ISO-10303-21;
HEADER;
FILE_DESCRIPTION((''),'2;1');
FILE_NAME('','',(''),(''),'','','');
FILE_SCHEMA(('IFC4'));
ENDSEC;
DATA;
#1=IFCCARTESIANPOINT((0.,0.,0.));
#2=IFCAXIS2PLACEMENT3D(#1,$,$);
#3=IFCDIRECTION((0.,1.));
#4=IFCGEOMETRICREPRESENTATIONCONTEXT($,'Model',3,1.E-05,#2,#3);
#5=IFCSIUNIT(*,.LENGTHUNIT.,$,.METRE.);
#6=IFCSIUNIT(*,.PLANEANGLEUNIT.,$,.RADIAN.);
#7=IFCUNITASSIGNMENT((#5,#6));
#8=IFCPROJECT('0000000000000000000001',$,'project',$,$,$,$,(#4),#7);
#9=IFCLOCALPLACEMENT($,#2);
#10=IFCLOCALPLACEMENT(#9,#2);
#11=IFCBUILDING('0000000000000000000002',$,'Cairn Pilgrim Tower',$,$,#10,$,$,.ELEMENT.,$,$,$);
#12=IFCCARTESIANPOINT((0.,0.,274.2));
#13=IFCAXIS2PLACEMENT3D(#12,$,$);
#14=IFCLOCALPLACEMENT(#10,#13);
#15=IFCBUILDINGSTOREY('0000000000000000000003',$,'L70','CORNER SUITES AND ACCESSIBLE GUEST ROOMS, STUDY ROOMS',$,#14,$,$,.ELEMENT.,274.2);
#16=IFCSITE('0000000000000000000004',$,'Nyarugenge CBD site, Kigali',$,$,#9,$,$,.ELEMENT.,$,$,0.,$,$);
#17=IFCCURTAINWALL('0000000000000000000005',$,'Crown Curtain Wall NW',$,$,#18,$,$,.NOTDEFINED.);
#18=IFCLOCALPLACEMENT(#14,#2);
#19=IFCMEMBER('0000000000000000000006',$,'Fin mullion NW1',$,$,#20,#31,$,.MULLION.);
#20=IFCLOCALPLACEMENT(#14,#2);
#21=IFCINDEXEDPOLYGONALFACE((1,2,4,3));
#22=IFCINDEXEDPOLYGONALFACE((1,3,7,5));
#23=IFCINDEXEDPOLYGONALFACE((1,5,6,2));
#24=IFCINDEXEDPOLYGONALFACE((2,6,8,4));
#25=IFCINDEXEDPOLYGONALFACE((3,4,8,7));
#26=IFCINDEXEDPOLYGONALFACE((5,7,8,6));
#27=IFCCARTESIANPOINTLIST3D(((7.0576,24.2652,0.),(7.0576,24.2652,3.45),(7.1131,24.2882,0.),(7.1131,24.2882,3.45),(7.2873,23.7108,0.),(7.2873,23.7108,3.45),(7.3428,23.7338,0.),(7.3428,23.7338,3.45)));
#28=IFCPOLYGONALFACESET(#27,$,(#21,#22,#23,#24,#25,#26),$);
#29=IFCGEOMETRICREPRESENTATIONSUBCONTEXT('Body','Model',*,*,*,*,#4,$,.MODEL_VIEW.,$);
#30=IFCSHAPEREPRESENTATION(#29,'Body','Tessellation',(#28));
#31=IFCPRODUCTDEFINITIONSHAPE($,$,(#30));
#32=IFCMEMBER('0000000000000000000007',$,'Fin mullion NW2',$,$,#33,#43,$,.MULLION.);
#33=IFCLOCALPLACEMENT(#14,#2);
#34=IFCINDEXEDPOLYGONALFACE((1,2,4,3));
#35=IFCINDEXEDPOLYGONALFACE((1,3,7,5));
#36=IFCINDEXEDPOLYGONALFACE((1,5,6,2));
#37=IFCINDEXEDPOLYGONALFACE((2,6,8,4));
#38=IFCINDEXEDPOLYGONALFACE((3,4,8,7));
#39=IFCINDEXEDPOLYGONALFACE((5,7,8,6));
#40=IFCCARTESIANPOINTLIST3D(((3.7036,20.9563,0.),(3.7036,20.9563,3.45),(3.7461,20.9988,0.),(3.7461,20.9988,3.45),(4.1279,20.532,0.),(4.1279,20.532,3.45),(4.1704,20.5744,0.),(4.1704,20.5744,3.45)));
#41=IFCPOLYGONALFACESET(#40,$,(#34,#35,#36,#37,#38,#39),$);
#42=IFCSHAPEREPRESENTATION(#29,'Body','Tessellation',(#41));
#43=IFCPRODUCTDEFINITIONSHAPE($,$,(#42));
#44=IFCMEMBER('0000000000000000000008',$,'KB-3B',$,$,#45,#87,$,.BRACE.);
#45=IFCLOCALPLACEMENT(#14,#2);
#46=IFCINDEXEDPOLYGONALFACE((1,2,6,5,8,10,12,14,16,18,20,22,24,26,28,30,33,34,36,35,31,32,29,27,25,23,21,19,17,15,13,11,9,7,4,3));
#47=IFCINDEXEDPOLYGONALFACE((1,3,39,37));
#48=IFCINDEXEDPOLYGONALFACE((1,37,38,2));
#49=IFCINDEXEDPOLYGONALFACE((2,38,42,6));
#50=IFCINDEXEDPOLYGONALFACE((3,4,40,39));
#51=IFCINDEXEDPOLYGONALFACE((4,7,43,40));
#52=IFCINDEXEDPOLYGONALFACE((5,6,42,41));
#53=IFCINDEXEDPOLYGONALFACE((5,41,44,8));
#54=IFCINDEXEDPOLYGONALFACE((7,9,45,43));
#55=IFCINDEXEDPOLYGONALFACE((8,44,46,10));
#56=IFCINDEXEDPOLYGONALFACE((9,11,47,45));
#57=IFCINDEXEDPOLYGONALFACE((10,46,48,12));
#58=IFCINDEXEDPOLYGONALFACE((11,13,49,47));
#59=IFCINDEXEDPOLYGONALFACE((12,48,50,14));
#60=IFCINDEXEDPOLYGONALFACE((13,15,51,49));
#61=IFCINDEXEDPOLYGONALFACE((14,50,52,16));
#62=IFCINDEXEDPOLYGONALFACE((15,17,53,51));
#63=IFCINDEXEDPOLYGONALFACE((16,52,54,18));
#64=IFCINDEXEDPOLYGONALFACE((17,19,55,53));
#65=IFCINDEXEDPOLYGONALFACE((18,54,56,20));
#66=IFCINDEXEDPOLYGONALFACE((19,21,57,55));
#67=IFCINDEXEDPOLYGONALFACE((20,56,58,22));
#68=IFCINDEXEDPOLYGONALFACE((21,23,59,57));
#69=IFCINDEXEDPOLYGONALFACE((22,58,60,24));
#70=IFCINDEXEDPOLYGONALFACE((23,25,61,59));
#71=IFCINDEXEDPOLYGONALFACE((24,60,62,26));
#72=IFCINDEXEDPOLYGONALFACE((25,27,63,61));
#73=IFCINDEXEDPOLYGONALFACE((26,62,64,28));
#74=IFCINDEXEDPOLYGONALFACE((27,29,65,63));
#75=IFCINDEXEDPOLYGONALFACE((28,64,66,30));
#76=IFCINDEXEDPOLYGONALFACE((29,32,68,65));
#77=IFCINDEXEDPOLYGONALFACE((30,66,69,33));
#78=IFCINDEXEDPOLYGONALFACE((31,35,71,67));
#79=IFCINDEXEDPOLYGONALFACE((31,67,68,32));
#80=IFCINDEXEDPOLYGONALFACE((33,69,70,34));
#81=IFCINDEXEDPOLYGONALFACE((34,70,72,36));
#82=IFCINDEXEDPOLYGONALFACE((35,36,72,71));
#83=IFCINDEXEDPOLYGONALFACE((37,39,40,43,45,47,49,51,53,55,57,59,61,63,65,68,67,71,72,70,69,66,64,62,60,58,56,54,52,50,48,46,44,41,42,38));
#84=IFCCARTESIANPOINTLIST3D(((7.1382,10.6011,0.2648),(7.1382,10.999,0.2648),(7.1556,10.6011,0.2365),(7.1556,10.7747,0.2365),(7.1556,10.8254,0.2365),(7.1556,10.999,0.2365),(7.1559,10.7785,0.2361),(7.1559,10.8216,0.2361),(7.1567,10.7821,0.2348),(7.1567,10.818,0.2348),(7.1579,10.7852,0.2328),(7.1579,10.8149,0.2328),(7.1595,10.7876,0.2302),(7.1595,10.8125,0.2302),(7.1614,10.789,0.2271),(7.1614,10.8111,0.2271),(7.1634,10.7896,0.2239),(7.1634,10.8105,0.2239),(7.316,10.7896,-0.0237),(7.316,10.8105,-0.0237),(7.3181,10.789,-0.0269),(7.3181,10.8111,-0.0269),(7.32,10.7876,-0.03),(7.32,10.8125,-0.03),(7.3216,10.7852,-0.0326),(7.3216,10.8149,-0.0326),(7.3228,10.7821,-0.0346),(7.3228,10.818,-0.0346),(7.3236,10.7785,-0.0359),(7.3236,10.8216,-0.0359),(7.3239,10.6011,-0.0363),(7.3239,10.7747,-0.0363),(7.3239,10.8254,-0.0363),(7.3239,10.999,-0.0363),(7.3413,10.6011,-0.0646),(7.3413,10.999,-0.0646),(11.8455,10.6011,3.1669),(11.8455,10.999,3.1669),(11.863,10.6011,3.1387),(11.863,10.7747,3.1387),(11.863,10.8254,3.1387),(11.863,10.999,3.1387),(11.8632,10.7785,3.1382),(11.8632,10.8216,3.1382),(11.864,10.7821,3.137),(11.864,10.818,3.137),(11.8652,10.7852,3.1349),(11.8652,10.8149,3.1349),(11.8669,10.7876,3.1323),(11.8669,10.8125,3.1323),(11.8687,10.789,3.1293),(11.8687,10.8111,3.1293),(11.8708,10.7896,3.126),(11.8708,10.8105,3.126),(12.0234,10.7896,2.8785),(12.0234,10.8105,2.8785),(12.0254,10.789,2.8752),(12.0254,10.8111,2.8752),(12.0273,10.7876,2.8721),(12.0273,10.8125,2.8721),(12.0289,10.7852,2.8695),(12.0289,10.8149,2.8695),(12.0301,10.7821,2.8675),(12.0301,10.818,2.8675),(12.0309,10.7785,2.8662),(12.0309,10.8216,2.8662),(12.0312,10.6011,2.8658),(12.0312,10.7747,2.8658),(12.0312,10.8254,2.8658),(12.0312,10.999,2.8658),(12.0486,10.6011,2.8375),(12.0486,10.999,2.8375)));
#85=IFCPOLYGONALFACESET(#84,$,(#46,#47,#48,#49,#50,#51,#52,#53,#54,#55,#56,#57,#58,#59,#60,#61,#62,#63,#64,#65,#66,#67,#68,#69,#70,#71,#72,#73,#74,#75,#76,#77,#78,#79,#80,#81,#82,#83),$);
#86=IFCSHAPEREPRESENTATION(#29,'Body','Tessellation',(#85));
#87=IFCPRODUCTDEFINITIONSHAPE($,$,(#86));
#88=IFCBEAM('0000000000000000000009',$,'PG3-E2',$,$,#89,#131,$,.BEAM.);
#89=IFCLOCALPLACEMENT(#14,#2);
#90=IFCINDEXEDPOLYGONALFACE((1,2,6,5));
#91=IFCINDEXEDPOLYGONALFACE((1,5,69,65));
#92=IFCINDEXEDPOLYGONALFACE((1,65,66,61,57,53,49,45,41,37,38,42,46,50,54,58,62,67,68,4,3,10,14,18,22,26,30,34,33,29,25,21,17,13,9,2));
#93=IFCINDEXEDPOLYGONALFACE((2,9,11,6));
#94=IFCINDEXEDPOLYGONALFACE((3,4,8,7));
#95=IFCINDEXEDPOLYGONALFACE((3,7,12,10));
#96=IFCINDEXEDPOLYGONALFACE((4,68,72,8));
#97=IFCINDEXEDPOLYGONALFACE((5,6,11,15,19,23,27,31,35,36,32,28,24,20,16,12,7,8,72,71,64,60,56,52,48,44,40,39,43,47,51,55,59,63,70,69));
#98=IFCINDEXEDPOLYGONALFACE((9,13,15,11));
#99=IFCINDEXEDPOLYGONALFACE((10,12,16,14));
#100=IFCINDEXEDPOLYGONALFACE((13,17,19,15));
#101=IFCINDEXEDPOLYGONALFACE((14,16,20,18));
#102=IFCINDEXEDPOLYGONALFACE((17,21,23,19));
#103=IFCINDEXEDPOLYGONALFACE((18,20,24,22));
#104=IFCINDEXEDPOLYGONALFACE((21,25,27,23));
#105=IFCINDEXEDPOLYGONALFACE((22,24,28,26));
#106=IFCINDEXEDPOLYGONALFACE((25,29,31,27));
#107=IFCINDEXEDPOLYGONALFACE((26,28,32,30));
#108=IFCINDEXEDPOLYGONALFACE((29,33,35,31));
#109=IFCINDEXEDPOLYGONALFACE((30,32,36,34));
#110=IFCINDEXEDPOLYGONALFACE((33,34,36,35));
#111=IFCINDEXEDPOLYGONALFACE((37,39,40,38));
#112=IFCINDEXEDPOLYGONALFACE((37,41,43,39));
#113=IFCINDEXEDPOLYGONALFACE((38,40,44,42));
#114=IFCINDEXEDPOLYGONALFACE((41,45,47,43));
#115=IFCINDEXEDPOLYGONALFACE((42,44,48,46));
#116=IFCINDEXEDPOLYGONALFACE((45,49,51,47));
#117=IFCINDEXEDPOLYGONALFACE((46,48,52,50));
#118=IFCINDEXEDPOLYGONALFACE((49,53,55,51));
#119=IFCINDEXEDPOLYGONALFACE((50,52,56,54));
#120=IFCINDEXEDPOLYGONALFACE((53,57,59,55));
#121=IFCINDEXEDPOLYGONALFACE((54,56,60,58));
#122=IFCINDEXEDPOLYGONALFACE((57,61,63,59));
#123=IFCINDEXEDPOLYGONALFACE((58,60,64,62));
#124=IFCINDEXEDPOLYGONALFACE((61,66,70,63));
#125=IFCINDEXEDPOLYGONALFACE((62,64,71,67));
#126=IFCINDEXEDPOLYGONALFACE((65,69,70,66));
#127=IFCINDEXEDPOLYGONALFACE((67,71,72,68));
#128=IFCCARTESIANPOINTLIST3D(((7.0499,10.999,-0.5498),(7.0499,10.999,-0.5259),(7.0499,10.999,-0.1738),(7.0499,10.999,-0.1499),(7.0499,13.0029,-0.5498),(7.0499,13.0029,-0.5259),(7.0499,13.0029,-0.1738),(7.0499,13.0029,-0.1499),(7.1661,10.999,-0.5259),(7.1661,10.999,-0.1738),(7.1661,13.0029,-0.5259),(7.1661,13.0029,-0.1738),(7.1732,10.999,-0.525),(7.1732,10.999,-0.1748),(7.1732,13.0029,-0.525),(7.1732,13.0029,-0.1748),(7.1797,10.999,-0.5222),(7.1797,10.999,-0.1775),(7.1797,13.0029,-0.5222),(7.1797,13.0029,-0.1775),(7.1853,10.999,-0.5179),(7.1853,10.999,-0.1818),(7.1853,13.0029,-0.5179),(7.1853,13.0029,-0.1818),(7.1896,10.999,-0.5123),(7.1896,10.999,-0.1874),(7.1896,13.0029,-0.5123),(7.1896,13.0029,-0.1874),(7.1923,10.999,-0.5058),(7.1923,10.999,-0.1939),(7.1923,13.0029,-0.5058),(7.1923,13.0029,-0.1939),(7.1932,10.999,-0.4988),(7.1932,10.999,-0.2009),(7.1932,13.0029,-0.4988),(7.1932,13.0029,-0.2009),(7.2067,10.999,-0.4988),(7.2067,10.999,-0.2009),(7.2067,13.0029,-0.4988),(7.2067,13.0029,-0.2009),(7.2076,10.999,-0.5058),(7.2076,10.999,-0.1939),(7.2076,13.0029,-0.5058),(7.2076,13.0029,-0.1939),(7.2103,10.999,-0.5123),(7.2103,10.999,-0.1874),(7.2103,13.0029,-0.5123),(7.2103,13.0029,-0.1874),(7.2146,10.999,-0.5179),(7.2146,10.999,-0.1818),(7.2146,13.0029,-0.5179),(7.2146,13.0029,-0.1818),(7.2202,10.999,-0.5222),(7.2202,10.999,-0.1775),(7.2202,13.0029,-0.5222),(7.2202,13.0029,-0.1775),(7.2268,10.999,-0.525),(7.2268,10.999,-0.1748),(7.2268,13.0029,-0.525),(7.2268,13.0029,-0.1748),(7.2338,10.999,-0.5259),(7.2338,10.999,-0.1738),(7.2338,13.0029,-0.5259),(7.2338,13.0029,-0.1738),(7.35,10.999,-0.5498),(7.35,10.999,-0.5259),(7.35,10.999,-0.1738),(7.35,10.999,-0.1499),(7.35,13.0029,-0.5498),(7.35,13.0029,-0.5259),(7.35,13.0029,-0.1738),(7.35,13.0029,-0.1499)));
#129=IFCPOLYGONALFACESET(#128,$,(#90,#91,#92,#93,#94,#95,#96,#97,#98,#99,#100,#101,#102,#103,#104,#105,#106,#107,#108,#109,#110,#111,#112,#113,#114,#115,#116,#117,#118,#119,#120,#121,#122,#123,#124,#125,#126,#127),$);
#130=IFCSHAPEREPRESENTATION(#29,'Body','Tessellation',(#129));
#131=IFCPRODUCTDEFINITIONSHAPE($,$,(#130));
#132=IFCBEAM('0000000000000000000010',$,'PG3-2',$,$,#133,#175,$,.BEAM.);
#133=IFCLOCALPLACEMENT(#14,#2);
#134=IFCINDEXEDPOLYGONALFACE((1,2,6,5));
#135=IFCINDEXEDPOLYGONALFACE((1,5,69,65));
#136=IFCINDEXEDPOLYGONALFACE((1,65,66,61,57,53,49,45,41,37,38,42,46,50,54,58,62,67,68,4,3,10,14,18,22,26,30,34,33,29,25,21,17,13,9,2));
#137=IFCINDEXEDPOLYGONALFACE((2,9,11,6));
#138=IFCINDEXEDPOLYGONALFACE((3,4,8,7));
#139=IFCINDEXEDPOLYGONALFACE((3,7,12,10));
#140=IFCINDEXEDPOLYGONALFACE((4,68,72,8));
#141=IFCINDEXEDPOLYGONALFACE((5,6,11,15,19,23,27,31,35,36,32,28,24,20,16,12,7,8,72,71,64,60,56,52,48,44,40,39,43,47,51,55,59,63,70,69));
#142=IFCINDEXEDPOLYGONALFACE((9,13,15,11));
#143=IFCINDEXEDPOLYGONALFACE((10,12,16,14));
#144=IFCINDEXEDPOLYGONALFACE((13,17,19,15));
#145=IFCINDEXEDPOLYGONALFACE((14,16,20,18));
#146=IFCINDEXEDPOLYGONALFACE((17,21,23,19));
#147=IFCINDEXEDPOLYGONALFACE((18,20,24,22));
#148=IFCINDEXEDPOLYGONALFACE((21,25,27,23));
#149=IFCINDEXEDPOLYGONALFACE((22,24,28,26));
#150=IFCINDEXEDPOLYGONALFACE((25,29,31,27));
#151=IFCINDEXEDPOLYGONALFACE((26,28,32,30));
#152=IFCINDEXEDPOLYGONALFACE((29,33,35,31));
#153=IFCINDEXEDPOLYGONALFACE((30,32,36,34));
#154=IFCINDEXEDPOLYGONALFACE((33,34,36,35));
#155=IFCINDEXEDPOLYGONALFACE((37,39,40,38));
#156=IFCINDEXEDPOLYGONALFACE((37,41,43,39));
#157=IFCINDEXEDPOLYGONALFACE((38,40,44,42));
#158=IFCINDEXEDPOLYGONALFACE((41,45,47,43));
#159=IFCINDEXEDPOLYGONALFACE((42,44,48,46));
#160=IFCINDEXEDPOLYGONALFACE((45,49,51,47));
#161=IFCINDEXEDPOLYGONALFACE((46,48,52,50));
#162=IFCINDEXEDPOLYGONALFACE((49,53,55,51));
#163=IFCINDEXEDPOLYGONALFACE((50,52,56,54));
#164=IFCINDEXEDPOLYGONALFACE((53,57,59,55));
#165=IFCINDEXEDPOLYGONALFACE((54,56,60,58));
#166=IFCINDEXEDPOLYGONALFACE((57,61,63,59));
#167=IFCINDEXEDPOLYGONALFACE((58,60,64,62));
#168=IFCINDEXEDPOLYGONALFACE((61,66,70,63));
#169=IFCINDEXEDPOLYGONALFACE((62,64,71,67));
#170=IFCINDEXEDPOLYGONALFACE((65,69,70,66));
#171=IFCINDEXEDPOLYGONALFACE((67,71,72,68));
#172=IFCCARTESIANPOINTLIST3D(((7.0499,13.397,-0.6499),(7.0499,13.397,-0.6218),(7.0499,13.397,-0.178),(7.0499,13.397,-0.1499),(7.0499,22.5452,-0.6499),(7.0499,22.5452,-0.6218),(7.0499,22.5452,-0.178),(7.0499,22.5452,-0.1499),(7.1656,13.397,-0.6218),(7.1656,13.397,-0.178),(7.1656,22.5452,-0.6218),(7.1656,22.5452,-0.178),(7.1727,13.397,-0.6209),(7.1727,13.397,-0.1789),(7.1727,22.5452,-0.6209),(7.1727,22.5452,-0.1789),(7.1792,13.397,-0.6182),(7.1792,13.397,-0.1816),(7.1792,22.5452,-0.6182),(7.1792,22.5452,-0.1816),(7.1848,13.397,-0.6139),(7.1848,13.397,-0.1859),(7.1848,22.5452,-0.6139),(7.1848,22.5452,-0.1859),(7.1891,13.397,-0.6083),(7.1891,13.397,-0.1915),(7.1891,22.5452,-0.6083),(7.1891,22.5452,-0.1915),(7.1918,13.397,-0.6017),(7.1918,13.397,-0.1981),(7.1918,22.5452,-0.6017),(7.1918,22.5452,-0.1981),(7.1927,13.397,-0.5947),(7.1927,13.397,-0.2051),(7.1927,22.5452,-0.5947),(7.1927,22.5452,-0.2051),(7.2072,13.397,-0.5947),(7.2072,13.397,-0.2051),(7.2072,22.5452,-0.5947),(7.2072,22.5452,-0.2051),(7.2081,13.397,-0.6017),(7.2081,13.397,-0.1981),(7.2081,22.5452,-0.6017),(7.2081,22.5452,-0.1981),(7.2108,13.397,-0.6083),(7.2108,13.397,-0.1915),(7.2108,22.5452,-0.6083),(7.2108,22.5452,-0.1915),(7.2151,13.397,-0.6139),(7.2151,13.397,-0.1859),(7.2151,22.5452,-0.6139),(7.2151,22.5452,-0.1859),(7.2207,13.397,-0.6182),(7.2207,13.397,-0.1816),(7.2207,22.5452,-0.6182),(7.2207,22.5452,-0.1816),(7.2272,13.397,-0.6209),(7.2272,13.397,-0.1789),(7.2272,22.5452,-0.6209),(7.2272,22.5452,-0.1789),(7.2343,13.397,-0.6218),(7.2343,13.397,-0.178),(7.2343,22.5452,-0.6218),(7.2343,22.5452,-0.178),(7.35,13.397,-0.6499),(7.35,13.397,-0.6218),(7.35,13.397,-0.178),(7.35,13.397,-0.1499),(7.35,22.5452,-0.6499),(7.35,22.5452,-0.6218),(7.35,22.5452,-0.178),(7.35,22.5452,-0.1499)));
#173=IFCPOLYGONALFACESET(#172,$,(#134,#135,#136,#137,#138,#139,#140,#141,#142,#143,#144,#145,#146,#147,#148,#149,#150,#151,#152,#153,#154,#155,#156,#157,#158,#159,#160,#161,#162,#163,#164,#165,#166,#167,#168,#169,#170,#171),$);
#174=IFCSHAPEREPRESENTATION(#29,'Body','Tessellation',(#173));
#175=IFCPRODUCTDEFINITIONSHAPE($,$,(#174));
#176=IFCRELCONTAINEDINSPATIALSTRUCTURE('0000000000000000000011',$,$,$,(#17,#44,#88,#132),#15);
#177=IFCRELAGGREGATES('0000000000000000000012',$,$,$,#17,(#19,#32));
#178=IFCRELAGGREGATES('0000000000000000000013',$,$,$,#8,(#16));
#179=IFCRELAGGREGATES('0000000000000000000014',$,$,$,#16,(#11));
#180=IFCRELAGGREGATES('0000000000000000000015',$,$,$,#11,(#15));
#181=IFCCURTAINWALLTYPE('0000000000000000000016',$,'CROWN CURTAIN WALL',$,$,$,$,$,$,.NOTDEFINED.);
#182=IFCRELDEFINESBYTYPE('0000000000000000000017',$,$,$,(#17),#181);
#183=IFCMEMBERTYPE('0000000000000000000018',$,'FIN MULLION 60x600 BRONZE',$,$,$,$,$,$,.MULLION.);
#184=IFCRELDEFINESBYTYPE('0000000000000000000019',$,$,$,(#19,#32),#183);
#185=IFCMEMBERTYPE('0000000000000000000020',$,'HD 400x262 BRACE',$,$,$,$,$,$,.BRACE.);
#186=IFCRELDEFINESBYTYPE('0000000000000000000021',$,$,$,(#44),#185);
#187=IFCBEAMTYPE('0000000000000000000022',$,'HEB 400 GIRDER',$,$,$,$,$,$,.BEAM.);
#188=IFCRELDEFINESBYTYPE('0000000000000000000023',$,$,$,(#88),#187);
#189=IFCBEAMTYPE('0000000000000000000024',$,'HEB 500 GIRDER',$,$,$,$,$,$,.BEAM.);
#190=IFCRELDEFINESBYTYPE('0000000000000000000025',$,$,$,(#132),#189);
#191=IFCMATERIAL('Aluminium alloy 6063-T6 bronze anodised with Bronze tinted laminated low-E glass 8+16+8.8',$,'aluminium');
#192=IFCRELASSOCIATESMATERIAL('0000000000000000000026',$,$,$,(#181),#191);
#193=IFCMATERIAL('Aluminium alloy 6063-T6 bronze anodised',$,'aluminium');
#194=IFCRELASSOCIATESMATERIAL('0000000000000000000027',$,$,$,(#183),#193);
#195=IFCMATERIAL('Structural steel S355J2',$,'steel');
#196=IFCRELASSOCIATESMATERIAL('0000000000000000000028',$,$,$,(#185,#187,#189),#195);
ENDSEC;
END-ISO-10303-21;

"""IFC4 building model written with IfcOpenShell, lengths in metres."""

from ifc_helpers import new_model, si_unit, direction, frame, origin, origin_2d, place, context, subcontext, project, spatial, rectangle, i_section, extrude, material, material_profile, profile_set, type_object, element, aggregate, save


model = new_model("IFC4")

# Units and contexts
model_context = context("Model", 3, precision=1e-05, world=origin(), true_north=direction((0.0, 1.0)))
body_context = subcontext(model_context, "Body", "Model", "MODEL_VIEW")
ifc_project = project(units=[si_unit("LENGTHUNIT", "METRE"), si_unit("PLANEANGLEUNIT", "RADIAN")], contexts=[model_context])

# Site, building, storey
site_placement = place(None, origin())
site = spatial("IfcSite", under=ifc_project, at=site_placement, Name="Nyarugenge CBD site, Kigali", CompositionType="ELEMENT", RefElevation=0.0)
building_placement = place(site_placement, origin())
building = spatial("IfcBuilding", under=site, at=building_placement, Name="Cairn Pilgrim Tower", CompositionType="ELEMENT")
storey_placement = place(building_placement, frame((0.0, 0.0, 274.2)))
storey = spatial("IfcBuildingStorey", under=building, at=storey_placement, Name="L70", Description="CORNER SUITES AND ACCESSIBLE GUEST ROOMS, STUDY ROOMS", CompositionType="ELEMENT", Elevation=274.2)

# Shared definitions
ifc_material_1 = material(Name="Structural steel S355J2", Category="steel")

# Curtain wall, members
ifc_material_2 = material(Name="Aluminium alloy 6063-T6 bronze anodised with Bronze tinted laminated low-E glass 8+16+8.8", Category="aluminium")
curtain_wall_type = type_object("IfcCurtainWallType", Name="CROWN CURTAIN WALL", PredefinedType="NOTDEFINED", material=ifc_material_2)
curtain_wall_placement = place(storey_placement, origin())
curtain_wall = element("IfcCurtainWall", 1, at=curtain_wall_placement, inside=storey, type_object=curtain_wall_type, Name="Crown Curtain Wall NW", PredefinedType="NOTDEFINED")
ifc_material_3 = material(Name="Aluminium alloy 6063-T6 bronze anodised", Category="aluminium")
ifc_material_profile_1 = material_profile(ifc_material_3, rectangle(XDim=0.6001, YDim=0.0601, at=origin_2d()), Name="FIN MULLION 60x600 BRONZE")
ifc_profile_set_1 = profile_set([ifc_material_profile_1], Name="Aluminium alloy 6063-T6 bronze anodised")
member_type_1 = type_object("IfcMemberType", Name="FIN MULLION 60x600 BRONZE", PredefinedType="MULLION", material=ifc_profile_set_1)
member_1_placement = place(storey_placement, frame((7.2002, 23.9995, 0.0), z_axis=(0.0, 0.0, 1.0), x_axis=(-0.382683, 0.92388, 0.0)))
member_1 = element("IfcMember", 2, at=member_1_placement, type_object=member_type_1, Name="Fin mullion NW1", PredefinedType="MULLION", context=body_context, shape_type="SweptSolid", body=[
    extrude(rectangle(XDim=0.6001, YDim=0.0601, at=origin_2d()), origin(), (0.0, 0.0, 1.0), 3.45),
])
member_2_placement = place(storey_placement, frame((3.937, 20.7654, 0.0), z_axis=(0.0, 0.0, 1.0), x_axis=(-0.707107, 0.707107, 0.0)))
member_2 = element("IfcMember", 3, at=member_2_placement, type_object=member_type_1, Name="Fin mullion NW2", PredefinedType="MULLION", context=body_context, shape_type="SweptSolid", body=[
    extrude(rectangle(XDim=0.6001, YDim=0.0601, at=origin_2d()), origin(), (0.0, 0.0, 1.0), 3.45),
])

# Member
ifc_material_profile_2 = material_profile(ifc_material_1, i_section(OverallWidth=0.3979, OverallDepth=0.387, WebThickness=0.021, FlangeThickness=0.0332, FilletRadius=0.0149, at=origin_2d()), Name="HD 400x262")
ifc_profile_set_2 = profile_set([ifc_material_profile_2], Name="Structural steel S355J2")
member_type_2 = type_object("IfcMemberType", Name="HD 400x262 BRACE", PredefinedType="BRACE", material=ifc_profile_set_2)
member_3_placement = place(storey_placement, frame((7.2397, 10.8, 0.1001), z_axis=(0.851229, 0.0, 0.524794), x_axis=(0.0, 1.0, 0.0)))
element("IfcMember", 4, at=member_3_placement, inside=storey, type_object=member_type_2, Name="KB-3B", PredefinedType="BRACE", context=body_context, shape_type="SweptSolid", body=[
    extrude(i_section(OverallWidth=0.3979, OverallDepth=0.387, WebThickness=0.021, FlangeThickness=0.0332, FilletRadius=0.0149, at=origin_2d()), origin(), (0.0, 0.0, 1.0), 5.53),
])

# Beams
ifc_material_profile_3 = material_profile(ifc_material_1, i_section(OverallWidth=0.3, OverallDepth=0.3999, WebThickness=0.0134, FlangeThickness=0.0239, FilletRadius=0.0271, at=origin_2d()), Name="HEB 400")
ifc_profile_set_3 = profile_set([ifc_material_profile_3], Name="Structural steel S355J2")
beam_type_1 = type_object("IfcBeamType", Name="HEB 400 GIRDER", PredefinedType="BEAM", material=ifc_profile_set_3)
beam_1_placement = place(storey_placement, frame((7.2, 10.999, -0.3499), z_axis=(0.0, 1.0, 0.0), x_axis=(-1.0, 0.0, 0.0)))
element("IfcBeam", 5, at=beam_1_placement, inside=storey, type_object=beam_type_1, Name="PG3-E2", PredefinedType="BEAM", context=body_context, shape_type="SweptSolid", body=[
    extrude(i_section(OverallWidth=0.3, OverallDepth=0.3999, WebThickness=0.0134, FlangeThickness=0.0239, FilletRadius=0.0271, at=origin_2d()), origin(), (0.0, 0.0, 1.0), 2.0039),
])
ifc_material_profile_4 = material_profile(ifc_material_1, i_section(OverallWidth=0.3, OverallDepth=0.5, WebThickness=0.0144, FlangeThickness=0.0281, FilletRadius=0.0271, at=origin_2d()), Name="HEB 500")
ifc_profile_set_4 = profile_set([ifc_material_profile_4], Name="Structural steel S355J2")
beam_type_2 = type_object("IfcBeamType", Name="HEB 500 GIRDER", PredefinedType="BEAM", material=ifc_profile_set_4)
beam_2_placement = place(storey_placement, frame((7.2, 13.397, -0.3999), z_axis=(0.0, 1.0, 0.0), x_axis=(-1.0, 0.0, 0.0)))
element("IfcBeam", 6, at=beam_2_placement, inside=storey, type_object=beam_type_2, Name="PG3-2", PredefinedType="BEAM", context=body_context, shape_type="SweptSolid", body=[
    extrude(i_section(OverallWidth=0.3, OverallDepth=0.5, WebThickness=0.0144, FlangeThickness=0.0281, FilletRadius=0.0271, at=origin_2d()), origin(), (0.0, 0.0, 1.0), 9.1482),
])

aggregate(curtain_wall, [member_1, member_2])

save(model, "model.ifc")
